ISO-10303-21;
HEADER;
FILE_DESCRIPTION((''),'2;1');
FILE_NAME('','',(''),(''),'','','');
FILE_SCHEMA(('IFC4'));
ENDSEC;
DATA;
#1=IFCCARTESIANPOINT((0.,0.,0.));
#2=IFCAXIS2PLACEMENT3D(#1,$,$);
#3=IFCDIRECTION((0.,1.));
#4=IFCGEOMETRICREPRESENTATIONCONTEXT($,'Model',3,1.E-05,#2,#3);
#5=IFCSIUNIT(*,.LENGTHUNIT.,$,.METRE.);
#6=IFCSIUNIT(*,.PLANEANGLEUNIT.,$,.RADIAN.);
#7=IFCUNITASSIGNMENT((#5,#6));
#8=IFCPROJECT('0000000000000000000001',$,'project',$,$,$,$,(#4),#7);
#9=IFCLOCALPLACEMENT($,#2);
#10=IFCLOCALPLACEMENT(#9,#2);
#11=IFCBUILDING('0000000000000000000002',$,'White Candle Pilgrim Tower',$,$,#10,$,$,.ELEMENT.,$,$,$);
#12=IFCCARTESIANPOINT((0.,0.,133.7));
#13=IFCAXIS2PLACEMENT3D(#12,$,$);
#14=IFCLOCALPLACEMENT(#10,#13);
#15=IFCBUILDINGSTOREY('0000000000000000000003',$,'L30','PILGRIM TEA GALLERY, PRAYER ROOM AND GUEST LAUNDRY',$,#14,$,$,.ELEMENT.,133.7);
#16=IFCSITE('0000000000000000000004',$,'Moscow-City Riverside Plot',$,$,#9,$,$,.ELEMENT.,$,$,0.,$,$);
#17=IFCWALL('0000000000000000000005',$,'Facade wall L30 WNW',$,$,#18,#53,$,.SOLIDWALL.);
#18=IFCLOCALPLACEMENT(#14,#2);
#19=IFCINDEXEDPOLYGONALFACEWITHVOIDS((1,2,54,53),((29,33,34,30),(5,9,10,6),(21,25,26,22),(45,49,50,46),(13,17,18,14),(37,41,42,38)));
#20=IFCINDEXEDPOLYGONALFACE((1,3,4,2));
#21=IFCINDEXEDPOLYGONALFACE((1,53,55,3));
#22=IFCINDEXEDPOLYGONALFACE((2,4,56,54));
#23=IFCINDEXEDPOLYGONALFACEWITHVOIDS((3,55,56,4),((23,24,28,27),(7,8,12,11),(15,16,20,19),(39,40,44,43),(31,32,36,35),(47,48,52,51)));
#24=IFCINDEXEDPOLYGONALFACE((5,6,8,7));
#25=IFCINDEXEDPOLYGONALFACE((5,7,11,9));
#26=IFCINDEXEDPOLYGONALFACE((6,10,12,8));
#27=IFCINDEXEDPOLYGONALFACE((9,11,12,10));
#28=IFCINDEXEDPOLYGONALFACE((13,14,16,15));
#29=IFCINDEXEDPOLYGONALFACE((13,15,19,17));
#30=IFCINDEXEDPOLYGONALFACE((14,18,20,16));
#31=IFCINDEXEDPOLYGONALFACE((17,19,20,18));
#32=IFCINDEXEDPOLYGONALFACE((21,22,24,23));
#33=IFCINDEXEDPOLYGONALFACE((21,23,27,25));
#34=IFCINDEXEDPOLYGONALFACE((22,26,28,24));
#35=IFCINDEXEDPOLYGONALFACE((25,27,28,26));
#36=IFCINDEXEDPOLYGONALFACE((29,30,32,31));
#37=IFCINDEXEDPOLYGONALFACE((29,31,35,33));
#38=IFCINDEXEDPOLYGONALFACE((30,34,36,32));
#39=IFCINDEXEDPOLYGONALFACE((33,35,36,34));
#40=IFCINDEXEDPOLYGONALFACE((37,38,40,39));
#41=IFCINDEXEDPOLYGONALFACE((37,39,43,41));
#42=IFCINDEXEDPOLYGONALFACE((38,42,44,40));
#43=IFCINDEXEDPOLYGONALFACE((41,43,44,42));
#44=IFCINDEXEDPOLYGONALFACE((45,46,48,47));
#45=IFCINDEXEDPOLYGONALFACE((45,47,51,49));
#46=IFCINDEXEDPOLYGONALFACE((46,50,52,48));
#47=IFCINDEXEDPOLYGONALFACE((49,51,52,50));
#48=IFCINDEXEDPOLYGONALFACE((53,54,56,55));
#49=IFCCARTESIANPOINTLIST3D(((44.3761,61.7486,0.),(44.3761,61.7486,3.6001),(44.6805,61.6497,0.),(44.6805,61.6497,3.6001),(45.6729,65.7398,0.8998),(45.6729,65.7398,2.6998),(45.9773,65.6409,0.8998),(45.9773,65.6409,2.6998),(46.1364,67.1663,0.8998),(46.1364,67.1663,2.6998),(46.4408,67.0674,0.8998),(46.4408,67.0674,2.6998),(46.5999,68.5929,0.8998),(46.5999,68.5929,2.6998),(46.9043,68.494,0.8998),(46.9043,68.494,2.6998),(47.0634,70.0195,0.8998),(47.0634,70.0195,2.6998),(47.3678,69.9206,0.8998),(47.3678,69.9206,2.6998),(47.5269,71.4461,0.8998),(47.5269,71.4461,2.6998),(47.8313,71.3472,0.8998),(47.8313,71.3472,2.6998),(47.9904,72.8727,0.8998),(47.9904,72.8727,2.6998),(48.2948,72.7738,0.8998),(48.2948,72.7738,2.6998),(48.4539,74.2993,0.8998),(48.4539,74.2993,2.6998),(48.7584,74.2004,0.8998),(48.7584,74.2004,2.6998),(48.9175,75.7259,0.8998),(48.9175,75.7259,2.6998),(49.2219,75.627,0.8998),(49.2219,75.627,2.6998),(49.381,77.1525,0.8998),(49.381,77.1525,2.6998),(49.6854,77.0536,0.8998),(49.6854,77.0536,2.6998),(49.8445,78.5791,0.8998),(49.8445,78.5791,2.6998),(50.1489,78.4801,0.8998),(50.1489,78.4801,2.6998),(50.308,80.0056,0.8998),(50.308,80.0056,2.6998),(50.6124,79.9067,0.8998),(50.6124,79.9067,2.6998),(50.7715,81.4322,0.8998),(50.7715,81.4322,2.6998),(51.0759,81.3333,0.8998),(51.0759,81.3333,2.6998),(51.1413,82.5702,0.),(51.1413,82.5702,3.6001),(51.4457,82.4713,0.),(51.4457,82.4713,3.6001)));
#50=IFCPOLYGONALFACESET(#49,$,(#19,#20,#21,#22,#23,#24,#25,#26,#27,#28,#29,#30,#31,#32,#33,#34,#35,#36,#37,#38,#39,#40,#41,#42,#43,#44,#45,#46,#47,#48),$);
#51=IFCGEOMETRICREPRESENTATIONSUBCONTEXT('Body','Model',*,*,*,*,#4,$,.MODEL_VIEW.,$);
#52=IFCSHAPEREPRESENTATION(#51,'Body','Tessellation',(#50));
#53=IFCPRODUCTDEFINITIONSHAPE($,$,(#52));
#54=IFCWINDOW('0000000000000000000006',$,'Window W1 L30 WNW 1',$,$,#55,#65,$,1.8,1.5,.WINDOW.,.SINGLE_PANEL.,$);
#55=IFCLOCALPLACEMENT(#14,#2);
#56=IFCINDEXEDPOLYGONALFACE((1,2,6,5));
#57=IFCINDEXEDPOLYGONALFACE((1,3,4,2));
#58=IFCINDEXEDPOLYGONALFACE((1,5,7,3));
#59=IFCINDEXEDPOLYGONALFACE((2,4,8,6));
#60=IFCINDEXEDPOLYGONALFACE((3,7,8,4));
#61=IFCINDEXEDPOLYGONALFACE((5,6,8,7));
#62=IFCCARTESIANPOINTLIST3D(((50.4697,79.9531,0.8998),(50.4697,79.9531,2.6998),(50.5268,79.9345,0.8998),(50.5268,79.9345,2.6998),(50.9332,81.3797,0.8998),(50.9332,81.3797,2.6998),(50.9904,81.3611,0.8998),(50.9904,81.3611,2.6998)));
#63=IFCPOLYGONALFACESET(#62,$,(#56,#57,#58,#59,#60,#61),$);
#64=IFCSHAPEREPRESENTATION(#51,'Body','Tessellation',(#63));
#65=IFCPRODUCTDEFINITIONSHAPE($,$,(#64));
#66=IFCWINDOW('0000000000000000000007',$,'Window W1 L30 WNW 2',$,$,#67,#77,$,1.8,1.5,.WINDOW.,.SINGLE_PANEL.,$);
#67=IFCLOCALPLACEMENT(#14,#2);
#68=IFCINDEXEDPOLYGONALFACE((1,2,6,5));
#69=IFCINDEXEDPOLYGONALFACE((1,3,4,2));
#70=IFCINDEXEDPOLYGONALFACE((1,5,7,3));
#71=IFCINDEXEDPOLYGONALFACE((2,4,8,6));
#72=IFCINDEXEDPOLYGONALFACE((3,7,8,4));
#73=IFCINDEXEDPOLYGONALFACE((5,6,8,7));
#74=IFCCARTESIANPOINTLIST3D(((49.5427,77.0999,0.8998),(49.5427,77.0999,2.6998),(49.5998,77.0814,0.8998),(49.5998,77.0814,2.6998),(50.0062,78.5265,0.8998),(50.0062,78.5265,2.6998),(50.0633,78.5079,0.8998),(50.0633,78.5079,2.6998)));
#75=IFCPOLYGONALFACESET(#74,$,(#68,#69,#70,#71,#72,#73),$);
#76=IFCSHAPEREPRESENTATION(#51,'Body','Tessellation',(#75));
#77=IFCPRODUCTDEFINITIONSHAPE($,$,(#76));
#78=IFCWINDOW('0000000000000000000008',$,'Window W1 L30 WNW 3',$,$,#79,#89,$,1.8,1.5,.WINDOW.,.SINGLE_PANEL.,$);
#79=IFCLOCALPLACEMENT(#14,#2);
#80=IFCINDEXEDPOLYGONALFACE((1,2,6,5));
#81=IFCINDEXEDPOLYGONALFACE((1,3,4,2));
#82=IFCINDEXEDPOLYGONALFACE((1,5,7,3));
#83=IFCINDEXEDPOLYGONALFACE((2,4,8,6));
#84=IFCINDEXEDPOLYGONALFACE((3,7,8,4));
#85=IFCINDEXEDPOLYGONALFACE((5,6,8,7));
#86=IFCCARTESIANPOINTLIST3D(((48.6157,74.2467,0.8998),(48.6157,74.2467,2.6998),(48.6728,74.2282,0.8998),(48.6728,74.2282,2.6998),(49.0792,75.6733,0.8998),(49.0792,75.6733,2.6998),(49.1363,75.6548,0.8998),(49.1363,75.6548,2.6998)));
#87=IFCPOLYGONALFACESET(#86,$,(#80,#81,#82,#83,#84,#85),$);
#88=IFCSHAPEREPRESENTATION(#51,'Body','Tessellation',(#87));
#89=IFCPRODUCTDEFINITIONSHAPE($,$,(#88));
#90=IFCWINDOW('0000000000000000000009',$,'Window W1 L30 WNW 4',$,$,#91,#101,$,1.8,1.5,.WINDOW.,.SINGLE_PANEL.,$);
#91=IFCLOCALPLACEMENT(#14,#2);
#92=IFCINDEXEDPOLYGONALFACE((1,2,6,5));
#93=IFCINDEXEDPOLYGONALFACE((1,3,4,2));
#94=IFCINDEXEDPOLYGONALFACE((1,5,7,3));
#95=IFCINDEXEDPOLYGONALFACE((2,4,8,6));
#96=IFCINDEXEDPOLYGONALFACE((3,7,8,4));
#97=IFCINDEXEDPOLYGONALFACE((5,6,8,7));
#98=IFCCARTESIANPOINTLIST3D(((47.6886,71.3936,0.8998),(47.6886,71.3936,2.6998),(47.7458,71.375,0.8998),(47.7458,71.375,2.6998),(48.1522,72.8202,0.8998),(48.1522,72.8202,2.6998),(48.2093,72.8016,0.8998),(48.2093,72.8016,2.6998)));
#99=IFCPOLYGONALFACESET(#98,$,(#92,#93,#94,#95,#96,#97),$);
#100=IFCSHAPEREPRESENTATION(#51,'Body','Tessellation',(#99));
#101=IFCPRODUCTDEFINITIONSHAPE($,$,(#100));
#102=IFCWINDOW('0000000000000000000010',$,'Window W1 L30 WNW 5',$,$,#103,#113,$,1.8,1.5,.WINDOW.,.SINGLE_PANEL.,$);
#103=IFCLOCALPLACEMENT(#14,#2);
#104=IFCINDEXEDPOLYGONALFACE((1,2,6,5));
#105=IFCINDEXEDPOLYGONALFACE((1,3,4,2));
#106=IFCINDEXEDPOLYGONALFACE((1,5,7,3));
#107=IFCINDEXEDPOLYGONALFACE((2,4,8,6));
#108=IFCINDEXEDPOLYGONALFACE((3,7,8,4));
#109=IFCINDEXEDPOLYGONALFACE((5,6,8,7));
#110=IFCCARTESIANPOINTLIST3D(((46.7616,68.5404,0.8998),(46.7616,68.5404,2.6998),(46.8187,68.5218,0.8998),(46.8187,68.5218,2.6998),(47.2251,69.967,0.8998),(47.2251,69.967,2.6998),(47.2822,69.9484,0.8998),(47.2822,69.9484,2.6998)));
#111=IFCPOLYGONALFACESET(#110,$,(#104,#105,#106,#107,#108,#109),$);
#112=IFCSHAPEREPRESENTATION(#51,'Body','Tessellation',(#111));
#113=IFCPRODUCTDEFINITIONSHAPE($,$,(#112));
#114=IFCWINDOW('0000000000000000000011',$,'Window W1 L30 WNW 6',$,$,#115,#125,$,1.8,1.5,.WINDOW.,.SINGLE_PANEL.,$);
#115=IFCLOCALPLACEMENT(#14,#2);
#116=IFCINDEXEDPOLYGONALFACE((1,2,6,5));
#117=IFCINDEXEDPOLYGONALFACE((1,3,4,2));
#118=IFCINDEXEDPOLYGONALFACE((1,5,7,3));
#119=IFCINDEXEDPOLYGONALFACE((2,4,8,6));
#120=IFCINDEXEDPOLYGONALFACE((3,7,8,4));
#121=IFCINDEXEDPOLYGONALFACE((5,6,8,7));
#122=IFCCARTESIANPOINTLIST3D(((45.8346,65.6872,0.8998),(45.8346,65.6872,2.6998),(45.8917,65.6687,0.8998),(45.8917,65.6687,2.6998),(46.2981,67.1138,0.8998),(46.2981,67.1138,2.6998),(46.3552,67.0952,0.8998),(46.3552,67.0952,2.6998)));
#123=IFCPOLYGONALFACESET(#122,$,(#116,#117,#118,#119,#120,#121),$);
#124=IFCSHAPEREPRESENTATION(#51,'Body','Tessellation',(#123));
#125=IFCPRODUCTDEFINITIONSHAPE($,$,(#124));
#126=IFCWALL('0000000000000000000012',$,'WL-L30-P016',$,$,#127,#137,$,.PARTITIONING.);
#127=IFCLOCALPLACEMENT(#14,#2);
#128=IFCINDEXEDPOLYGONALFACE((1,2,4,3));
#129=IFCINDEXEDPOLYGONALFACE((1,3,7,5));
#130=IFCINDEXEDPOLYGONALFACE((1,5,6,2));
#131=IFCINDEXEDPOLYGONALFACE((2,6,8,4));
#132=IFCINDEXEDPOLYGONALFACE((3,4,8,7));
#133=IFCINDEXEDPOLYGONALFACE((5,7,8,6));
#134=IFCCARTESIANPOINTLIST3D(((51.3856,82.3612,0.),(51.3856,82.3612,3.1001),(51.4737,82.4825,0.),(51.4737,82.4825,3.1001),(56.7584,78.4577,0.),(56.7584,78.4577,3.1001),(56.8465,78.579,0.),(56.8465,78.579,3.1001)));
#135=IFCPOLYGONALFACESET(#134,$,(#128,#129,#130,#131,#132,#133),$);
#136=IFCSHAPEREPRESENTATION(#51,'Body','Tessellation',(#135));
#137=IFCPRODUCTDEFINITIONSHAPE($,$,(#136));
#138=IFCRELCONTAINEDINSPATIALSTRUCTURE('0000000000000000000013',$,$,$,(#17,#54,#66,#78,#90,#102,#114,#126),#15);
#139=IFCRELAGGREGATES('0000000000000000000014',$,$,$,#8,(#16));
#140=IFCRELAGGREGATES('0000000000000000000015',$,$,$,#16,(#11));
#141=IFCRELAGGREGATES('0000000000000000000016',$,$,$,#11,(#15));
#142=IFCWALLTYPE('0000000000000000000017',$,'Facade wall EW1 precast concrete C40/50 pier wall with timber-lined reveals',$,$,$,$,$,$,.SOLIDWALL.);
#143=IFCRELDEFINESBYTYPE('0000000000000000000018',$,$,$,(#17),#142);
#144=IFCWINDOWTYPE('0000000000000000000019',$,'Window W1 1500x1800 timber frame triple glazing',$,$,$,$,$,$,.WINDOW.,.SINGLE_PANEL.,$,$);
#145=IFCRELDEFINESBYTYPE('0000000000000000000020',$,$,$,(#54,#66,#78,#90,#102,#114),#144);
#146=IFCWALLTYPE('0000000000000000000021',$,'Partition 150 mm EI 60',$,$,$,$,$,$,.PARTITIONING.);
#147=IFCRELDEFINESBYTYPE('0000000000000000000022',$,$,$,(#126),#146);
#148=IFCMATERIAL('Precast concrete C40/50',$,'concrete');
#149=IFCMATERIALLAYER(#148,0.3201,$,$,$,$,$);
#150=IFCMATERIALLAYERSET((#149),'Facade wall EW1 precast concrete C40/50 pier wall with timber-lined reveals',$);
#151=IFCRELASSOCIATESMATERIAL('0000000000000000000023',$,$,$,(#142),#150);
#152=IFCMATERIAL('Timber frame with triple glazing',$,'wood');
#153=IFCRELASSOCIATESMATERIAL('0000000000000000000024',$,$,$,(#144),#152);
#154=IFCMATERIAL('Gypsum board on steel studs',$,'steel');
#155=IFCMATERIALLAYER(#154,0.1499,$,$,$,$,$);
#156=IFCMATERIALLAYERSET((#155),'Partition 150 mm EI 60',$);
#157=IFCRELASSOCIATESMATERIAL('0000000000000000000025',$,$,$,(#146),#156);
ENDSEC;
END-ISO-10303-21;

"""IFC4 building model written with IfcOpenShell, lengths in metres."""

from ifc_helpers import new_model, si_unit, direction, frame, frame_2d, origin, place, context, subcontext, project, spatial, rectangle, extrude, material, layer, layer_set, type_object, element, fill, save


model = new_model("IFC4")

# Units and contexts
model_context = context("Model", 3, precision=1e-05, world=origin(), true_north=direction((0.0, 1.0)))
body_context = subcontext(model_context, "Body", "Model", "MODEL_VIEW")
ifc_project = project(units=[si_unit("LENGTHUNIT", "METRE"), si_unit("PLANEANGLEUNIT", "RADIAN")], contexts=[model_context])

# Site, building, storey
site_placement = place(None, origin())
site = spatial("IfcSite", under=ifc_project, at=site_placement, Name="Moscow-City Riverside Plot", CompositionType="ELEMENT", RefElevation=0.0)
building_placement = place(site_placement, origin())
building = spatial("IfcBuilding", under=site, at=building_placement, Name="White Candle Pilgrim Tower", CompositionType="ELEMENT")
storey_placement = place(building_placement, frame((0.0, 0.0, 133.7)))
storey = spatial("IfcBuildingStorey", under=building, at=storey_placement, Name="L30", Description="PILGRIM TEA GALLERY, PRAYER ROOM AND GUEST LAUNDRY", CompositionType="ELEMENT", Elevation=133.7)

# Shared definitions
ifc_material_1 = material(Name="Precast concrete C40/50", Category="concrete")
ifc_layer_1 = layer(ifc_material_1, 0.3201)
ifc_layer_set_1 = layer_set([ifc_layer_1], Name="Facade wall EW1 precast concrete C40/50 pier wall with timber-lined reveals")
wall_type_1 = type_object("IfcWallType", Name="Facade wall EW1 precast concrete C40/50 pier wall with timber-lined reveals", PredefinedType="SOLIDWALL", material=ifc_layer_set_1)

# Wall, openings, windows
ifc_material_2 = material(Name="Timber frame with triple glazing", Category="wood")
wall_1_placement = place(storey_placement, frame((51.2935, 82.5208, 0.0), z_axis=(0.0, 0.0, 1.0), x_axis=(-0.309009, -0.951059, 0.0)))
wall_1 = element("IfcWall", 1, at=wall_1_placement, inside=storey, type_object=wall_type_1, Name="Facade wall L30 WNW", PredefinedType="SOLIDWALL", context=body_context, shape_type="SweptSolid", body=[
    extrude(rectangle(XDim=21.8931, YDim=0.3201, at=frame_2d((10.9465, 0.0))), origin(), (0.0, 0.0, 1.0), 3.6001),
])
opening_1_placement = place(wall_1_placement, frame((1.1965, 0.0, 0.8999)))
opening_1 = element("IfcOpeningElement", 2, at=opening_1_placement, cuts=wall_1, PredefinedType="OPENING", context=body_context, shape_type="SweptSolid", body=[
    extrude(rectangle(XDim=1.5, YDim=1.8, at=frame_2d((0.75, 0.8999))), frame((0.0, 0.1699, 0.0), z_axis=(0.0, -1.0, 0.0), x_axis=(1.0, 0.0, 0.0)), (0.0, 0.0, 1.0), 0.3401),
])
opening_2_placement = place(wall_1_placement, frame((4.1965, 0.0, 0.8999)))
opening_2 = element("IfcOpeningElement", 3, at=opening_2_placement, cuts=wall_1, PredefinedType="OPENING", context=body_context, shape_type="SweptSolid", body=[
    extrude(rectangle(XDim=1.5, YDim=1.8, at=frame_2d((0.75, 0.8999))), frame((0.0, 0.1699, 0.0), z_axis=(0.0, -1.0, 0.0), x_axis=(1.0, 0.0, 0.0)), (0.0, 0.0, 1.0), 0.3401),
])
opening_3_placement = place(wall_1_placement, frame((7.1965, 0.0, 0.8999)))
opening_3 = element("IfcOpeningElement", 4, at=opening_3_placement, cuts=wall_1, PredefinedType="OPENING", context=body_context, shape_type="SweptSolid", body=[
    extrude(rectangle(XDim=1.5, YDim=1.8, at=frame_2d((0.75, 0.8999))), frame((0.0, 0.1699, 0.0), z_axis=(0.0, -1.0, 0.0), x_axis=(1.0, 0.0, 0.0)), (0.0, 0.0, 1.0), 0.3401),
])
opening_4_placement = place(wall_1_placement, frame((10.1965, 0.0, 0.8999)))
opening_4 = element("IfcOpeningElement", 5, at=opening_4_placement, cuts=wall_1, PredefinedType="OPENING", context=body_context, shape_type="SweptSolid", body=[
    extrude(rectangle(XDim=1.5, YDim=1.8, at=frame_2d((0.75, 0.8999))), frame((0.0, 0.1699, 0.0), z_axis=(0.0, -1.0, 0.0), x_axis=(1.0, 0.0, 0.0)), (0.0, 0.0, 1.0), 0.3401),
])
opening_5_placement = place(wall_1_placement, frame((13.1965, 0.0, 0.8999)))
opening_5 = element("IfcOpeningElement", 6, at=opening_5_placement, cuts=wall_1, PredefinedType="OPENING", context=body_context, shape_type="SweptSolid", body=[
    extrude(rectangle(XDim=1.5, YDim=1.8, at=frame_2d((0.75, 0.8999))), frame((0.0, 0.1699, 0.0), z_axis=(0.0, -1.0, 0.0), x_axis=(1.0, 0.0, 0.0)), (0.0, 0.0, 1.0), 0.3401),
])
opening_6_placement = place(wall_1_placement, frame((16.1965, 0.0, 0.8999)))
opening_6 = element("IfcOpeningElement", 7, at=opening_6_placement, cuts=wall_1, PredefinedType="OPENING", context=body_context, shape_type="SweptSolid", body=[
    extrude(rectangle(XDim=1.5, YDim=1.8, at=frame_2d((0.75, 0.8999))), frame((0.0, 0.1699, 0.0), z_axis=(0.0, -1.0, 0.0), x_axis=(1.0, 0.0, 0.0)), (0.0, 0.0, 1.0), 0.3401),
])
window_type_1 = type_object("IfcWindowType", Name="Window W1 1500x1800 timber frame triple glazing", PartitioningType="SINGLE_PANEL", PredefinedType="WINDOW", material=ifc_material_2)
window_1_placement = place(opening_1_placement, origin())
window_1 = element("IfcWindow", 8, at=window_1_placement, inside=storey, type_object=window_type_1, Name="Window W1 L30 WNW 1", OverallHeight=1.8, OverallWidth=1.5, PartitioningType="SINGLE_PANEL", PredefinedType="WINDOW", context=body_context, shape_type="SweptSolid", body=[
    extrude(rectangle(XDim=1.5, YDim=1.8, at=frame_2d((0.75, 0.8999))), frame((0.0, 0.0701, 0.0), z_axis=(0.0, -1.0, 0.0), x_axis=(1.0, 0.0, 0.0)), (0.0, 0.0, 1.0), 0.0601),
])
fill(opening_1, window_1)
window_2_placement = place(opening_2_placement, origin())
window_2 = element("IfcWindow", 9, at=window_2_placement, inside=storey, type_object=window_type_1, Name="Window W1 L30 WNW 2", OverallHeight=1.8, OverallWidth=1.5, PartitioningType="SINGLE_PANEL", PredefinedType="WINDOW", context=body_context, shape_type="SweptSolid", body=[
    extrude(rectangle(XDim=1.5, YDim=1.8, at=frame_2d((0.75, 0.8999))), frame((0.0, 0.0701, 0.0), z_axis=(0.0, -1.0, 0.0), x_axis=(1.0, 0.0, 0.0)), (0.0, 0.0, 1.0), 0.0601),
])
fill(opening_2, window_2)
window_3_placement = place(opening_3_placement, origin())
window_3 = element("IfcWindow", 10, at=window_3_placement, inside=storey, type_object=window_type_1, Name="Window W1 L30 WNW 3", OverallHeight=1.8, OverallWidth=1.5, PartitioningType="SINGLE_PANEL", PredefinedType="WINDOW", context=body_context, shape_type="SweptSolid", body=[
    extrude(rectangle(XDim=1.5, YDim=1.8, at=frame_2d((0.75, 0.8999))), frame((0.0, 0.0701, 0.0), z_axis=(0.0, -1.0, 0.0), x_axis=(1.0, 0.0, 0.0)), (0.0, 0.0, 1.0), 0.0601),
])
fill(opening_3, window_3)
window_4_placement = place(opening_4_placement, origin())
window_4 = element("IfcWindow", 11, at=window_4_placement, inside=storey, type_object=window_type_1, Name="Window W1 L30 WNW 4", OverallHeight=1.8, OverallWidth=1.5, PartitioningType="SINGLE_PANEL", PredefinedType="WINDOW", context=body_context, shape_type="SweptSolid", body=[
    extrude(rectangle(XDim=1.5, YDim=1.8, at=frame_2d((0.75, 0.8999))), frame((0.0, 0.0701, 0.0), z_axis=(0.0, -1.0, 0.0), x_axis=(1.0, 0.0, 0.0)), (0.0, 0.0, 1.0), 0.0601),
])
fill(opening_4, window_4)
window_5_placement = place(opening_5_placement, origin())
window_5 = element("IfcWindow", 12, at=window_5_placement, inside=storey, type_object=window_type_1, Name="Window W1 L30 WNW 5", OverallHeight=1.8, OverallWidth=1.5, PartitioningType="SINGLE_PANEL", PredefinedType="WINDOW", context=body_context, shape_type="SweptSolid", body=[
    extrude(rectangle(XDim=1.5, YDim=1.8, at=frame_2d((0.75, 0.8999))), frame((0.0, 0.0701, 0.0), z_axis=(0.0, -1.0, 0.0), x_axis=(1.0, 0.0, 0.0)), (0.0, 0.0, 1.0), 0.0601),
])
fill(opening_5, window_5)
window_6_placement = place(opening_6_placement, origin())
window_6 = element("IfcWindow", 13, at=window_6_placement, inside=storey, type_object=window_type_1, Name="Window W1 L30 WNW 6", OverallHeight=1.8, OverallWidth=1.5, PartitioningType="SINGLE_PANEL", PredefinedType="WINDOW", context=body_context, shape_type="SweptSolid", body=[
    extrude(rectangle(XDim=1.5, YDim=1.8, at=frame_2d((0.75, 0.8999))), frame((0.0, 0.0701, 0.0), z_axis=(0.0, -1.0, 0.0), x_axis=(1.0, 0.0, 0.0)), (0.0, 0.0, 1.0), 0.0601),
])
fill(opening_6, window_6)

# Wall
ifc_material_3 = material(Name="Gypsum board on steel studs", Category="steel")
ifc_layer_2 = layer(ifc_material_3, 0.1499)
ifc_layer_set_2 = layer_set([ifc_layer_2], Name="Partition 150 mm EI 60")
wall_type_2 = type_object("IfcWallType", Name="Partition 150 mm EI 60", PredefinedType="PARTITIONING", material=ifc_layer_set_2)
wall_2_placement = place(storey_placement, frame((51.4297, 82.4219, 0.0), z_axis=(0.0, 0.0, 1.0), x_axis=(0.809017, -0.587785, 0.0)))
element("IfcWall", 14, at=wall_2_placement, inside=storey, type_object=wall_type_2, Name="WL-L30-P016", PredefinedType="PARTITIONING", context=body_context, shape_type="SweptSolid", body=[
    extrude(rectangle(XDim=6.6411, YDim=0.1499, at=frame_2d((3.3206, 0.0))), origin(), (0.0, 0.0, 1.0), 3.1001),
])

save(model, "model.ifc")
